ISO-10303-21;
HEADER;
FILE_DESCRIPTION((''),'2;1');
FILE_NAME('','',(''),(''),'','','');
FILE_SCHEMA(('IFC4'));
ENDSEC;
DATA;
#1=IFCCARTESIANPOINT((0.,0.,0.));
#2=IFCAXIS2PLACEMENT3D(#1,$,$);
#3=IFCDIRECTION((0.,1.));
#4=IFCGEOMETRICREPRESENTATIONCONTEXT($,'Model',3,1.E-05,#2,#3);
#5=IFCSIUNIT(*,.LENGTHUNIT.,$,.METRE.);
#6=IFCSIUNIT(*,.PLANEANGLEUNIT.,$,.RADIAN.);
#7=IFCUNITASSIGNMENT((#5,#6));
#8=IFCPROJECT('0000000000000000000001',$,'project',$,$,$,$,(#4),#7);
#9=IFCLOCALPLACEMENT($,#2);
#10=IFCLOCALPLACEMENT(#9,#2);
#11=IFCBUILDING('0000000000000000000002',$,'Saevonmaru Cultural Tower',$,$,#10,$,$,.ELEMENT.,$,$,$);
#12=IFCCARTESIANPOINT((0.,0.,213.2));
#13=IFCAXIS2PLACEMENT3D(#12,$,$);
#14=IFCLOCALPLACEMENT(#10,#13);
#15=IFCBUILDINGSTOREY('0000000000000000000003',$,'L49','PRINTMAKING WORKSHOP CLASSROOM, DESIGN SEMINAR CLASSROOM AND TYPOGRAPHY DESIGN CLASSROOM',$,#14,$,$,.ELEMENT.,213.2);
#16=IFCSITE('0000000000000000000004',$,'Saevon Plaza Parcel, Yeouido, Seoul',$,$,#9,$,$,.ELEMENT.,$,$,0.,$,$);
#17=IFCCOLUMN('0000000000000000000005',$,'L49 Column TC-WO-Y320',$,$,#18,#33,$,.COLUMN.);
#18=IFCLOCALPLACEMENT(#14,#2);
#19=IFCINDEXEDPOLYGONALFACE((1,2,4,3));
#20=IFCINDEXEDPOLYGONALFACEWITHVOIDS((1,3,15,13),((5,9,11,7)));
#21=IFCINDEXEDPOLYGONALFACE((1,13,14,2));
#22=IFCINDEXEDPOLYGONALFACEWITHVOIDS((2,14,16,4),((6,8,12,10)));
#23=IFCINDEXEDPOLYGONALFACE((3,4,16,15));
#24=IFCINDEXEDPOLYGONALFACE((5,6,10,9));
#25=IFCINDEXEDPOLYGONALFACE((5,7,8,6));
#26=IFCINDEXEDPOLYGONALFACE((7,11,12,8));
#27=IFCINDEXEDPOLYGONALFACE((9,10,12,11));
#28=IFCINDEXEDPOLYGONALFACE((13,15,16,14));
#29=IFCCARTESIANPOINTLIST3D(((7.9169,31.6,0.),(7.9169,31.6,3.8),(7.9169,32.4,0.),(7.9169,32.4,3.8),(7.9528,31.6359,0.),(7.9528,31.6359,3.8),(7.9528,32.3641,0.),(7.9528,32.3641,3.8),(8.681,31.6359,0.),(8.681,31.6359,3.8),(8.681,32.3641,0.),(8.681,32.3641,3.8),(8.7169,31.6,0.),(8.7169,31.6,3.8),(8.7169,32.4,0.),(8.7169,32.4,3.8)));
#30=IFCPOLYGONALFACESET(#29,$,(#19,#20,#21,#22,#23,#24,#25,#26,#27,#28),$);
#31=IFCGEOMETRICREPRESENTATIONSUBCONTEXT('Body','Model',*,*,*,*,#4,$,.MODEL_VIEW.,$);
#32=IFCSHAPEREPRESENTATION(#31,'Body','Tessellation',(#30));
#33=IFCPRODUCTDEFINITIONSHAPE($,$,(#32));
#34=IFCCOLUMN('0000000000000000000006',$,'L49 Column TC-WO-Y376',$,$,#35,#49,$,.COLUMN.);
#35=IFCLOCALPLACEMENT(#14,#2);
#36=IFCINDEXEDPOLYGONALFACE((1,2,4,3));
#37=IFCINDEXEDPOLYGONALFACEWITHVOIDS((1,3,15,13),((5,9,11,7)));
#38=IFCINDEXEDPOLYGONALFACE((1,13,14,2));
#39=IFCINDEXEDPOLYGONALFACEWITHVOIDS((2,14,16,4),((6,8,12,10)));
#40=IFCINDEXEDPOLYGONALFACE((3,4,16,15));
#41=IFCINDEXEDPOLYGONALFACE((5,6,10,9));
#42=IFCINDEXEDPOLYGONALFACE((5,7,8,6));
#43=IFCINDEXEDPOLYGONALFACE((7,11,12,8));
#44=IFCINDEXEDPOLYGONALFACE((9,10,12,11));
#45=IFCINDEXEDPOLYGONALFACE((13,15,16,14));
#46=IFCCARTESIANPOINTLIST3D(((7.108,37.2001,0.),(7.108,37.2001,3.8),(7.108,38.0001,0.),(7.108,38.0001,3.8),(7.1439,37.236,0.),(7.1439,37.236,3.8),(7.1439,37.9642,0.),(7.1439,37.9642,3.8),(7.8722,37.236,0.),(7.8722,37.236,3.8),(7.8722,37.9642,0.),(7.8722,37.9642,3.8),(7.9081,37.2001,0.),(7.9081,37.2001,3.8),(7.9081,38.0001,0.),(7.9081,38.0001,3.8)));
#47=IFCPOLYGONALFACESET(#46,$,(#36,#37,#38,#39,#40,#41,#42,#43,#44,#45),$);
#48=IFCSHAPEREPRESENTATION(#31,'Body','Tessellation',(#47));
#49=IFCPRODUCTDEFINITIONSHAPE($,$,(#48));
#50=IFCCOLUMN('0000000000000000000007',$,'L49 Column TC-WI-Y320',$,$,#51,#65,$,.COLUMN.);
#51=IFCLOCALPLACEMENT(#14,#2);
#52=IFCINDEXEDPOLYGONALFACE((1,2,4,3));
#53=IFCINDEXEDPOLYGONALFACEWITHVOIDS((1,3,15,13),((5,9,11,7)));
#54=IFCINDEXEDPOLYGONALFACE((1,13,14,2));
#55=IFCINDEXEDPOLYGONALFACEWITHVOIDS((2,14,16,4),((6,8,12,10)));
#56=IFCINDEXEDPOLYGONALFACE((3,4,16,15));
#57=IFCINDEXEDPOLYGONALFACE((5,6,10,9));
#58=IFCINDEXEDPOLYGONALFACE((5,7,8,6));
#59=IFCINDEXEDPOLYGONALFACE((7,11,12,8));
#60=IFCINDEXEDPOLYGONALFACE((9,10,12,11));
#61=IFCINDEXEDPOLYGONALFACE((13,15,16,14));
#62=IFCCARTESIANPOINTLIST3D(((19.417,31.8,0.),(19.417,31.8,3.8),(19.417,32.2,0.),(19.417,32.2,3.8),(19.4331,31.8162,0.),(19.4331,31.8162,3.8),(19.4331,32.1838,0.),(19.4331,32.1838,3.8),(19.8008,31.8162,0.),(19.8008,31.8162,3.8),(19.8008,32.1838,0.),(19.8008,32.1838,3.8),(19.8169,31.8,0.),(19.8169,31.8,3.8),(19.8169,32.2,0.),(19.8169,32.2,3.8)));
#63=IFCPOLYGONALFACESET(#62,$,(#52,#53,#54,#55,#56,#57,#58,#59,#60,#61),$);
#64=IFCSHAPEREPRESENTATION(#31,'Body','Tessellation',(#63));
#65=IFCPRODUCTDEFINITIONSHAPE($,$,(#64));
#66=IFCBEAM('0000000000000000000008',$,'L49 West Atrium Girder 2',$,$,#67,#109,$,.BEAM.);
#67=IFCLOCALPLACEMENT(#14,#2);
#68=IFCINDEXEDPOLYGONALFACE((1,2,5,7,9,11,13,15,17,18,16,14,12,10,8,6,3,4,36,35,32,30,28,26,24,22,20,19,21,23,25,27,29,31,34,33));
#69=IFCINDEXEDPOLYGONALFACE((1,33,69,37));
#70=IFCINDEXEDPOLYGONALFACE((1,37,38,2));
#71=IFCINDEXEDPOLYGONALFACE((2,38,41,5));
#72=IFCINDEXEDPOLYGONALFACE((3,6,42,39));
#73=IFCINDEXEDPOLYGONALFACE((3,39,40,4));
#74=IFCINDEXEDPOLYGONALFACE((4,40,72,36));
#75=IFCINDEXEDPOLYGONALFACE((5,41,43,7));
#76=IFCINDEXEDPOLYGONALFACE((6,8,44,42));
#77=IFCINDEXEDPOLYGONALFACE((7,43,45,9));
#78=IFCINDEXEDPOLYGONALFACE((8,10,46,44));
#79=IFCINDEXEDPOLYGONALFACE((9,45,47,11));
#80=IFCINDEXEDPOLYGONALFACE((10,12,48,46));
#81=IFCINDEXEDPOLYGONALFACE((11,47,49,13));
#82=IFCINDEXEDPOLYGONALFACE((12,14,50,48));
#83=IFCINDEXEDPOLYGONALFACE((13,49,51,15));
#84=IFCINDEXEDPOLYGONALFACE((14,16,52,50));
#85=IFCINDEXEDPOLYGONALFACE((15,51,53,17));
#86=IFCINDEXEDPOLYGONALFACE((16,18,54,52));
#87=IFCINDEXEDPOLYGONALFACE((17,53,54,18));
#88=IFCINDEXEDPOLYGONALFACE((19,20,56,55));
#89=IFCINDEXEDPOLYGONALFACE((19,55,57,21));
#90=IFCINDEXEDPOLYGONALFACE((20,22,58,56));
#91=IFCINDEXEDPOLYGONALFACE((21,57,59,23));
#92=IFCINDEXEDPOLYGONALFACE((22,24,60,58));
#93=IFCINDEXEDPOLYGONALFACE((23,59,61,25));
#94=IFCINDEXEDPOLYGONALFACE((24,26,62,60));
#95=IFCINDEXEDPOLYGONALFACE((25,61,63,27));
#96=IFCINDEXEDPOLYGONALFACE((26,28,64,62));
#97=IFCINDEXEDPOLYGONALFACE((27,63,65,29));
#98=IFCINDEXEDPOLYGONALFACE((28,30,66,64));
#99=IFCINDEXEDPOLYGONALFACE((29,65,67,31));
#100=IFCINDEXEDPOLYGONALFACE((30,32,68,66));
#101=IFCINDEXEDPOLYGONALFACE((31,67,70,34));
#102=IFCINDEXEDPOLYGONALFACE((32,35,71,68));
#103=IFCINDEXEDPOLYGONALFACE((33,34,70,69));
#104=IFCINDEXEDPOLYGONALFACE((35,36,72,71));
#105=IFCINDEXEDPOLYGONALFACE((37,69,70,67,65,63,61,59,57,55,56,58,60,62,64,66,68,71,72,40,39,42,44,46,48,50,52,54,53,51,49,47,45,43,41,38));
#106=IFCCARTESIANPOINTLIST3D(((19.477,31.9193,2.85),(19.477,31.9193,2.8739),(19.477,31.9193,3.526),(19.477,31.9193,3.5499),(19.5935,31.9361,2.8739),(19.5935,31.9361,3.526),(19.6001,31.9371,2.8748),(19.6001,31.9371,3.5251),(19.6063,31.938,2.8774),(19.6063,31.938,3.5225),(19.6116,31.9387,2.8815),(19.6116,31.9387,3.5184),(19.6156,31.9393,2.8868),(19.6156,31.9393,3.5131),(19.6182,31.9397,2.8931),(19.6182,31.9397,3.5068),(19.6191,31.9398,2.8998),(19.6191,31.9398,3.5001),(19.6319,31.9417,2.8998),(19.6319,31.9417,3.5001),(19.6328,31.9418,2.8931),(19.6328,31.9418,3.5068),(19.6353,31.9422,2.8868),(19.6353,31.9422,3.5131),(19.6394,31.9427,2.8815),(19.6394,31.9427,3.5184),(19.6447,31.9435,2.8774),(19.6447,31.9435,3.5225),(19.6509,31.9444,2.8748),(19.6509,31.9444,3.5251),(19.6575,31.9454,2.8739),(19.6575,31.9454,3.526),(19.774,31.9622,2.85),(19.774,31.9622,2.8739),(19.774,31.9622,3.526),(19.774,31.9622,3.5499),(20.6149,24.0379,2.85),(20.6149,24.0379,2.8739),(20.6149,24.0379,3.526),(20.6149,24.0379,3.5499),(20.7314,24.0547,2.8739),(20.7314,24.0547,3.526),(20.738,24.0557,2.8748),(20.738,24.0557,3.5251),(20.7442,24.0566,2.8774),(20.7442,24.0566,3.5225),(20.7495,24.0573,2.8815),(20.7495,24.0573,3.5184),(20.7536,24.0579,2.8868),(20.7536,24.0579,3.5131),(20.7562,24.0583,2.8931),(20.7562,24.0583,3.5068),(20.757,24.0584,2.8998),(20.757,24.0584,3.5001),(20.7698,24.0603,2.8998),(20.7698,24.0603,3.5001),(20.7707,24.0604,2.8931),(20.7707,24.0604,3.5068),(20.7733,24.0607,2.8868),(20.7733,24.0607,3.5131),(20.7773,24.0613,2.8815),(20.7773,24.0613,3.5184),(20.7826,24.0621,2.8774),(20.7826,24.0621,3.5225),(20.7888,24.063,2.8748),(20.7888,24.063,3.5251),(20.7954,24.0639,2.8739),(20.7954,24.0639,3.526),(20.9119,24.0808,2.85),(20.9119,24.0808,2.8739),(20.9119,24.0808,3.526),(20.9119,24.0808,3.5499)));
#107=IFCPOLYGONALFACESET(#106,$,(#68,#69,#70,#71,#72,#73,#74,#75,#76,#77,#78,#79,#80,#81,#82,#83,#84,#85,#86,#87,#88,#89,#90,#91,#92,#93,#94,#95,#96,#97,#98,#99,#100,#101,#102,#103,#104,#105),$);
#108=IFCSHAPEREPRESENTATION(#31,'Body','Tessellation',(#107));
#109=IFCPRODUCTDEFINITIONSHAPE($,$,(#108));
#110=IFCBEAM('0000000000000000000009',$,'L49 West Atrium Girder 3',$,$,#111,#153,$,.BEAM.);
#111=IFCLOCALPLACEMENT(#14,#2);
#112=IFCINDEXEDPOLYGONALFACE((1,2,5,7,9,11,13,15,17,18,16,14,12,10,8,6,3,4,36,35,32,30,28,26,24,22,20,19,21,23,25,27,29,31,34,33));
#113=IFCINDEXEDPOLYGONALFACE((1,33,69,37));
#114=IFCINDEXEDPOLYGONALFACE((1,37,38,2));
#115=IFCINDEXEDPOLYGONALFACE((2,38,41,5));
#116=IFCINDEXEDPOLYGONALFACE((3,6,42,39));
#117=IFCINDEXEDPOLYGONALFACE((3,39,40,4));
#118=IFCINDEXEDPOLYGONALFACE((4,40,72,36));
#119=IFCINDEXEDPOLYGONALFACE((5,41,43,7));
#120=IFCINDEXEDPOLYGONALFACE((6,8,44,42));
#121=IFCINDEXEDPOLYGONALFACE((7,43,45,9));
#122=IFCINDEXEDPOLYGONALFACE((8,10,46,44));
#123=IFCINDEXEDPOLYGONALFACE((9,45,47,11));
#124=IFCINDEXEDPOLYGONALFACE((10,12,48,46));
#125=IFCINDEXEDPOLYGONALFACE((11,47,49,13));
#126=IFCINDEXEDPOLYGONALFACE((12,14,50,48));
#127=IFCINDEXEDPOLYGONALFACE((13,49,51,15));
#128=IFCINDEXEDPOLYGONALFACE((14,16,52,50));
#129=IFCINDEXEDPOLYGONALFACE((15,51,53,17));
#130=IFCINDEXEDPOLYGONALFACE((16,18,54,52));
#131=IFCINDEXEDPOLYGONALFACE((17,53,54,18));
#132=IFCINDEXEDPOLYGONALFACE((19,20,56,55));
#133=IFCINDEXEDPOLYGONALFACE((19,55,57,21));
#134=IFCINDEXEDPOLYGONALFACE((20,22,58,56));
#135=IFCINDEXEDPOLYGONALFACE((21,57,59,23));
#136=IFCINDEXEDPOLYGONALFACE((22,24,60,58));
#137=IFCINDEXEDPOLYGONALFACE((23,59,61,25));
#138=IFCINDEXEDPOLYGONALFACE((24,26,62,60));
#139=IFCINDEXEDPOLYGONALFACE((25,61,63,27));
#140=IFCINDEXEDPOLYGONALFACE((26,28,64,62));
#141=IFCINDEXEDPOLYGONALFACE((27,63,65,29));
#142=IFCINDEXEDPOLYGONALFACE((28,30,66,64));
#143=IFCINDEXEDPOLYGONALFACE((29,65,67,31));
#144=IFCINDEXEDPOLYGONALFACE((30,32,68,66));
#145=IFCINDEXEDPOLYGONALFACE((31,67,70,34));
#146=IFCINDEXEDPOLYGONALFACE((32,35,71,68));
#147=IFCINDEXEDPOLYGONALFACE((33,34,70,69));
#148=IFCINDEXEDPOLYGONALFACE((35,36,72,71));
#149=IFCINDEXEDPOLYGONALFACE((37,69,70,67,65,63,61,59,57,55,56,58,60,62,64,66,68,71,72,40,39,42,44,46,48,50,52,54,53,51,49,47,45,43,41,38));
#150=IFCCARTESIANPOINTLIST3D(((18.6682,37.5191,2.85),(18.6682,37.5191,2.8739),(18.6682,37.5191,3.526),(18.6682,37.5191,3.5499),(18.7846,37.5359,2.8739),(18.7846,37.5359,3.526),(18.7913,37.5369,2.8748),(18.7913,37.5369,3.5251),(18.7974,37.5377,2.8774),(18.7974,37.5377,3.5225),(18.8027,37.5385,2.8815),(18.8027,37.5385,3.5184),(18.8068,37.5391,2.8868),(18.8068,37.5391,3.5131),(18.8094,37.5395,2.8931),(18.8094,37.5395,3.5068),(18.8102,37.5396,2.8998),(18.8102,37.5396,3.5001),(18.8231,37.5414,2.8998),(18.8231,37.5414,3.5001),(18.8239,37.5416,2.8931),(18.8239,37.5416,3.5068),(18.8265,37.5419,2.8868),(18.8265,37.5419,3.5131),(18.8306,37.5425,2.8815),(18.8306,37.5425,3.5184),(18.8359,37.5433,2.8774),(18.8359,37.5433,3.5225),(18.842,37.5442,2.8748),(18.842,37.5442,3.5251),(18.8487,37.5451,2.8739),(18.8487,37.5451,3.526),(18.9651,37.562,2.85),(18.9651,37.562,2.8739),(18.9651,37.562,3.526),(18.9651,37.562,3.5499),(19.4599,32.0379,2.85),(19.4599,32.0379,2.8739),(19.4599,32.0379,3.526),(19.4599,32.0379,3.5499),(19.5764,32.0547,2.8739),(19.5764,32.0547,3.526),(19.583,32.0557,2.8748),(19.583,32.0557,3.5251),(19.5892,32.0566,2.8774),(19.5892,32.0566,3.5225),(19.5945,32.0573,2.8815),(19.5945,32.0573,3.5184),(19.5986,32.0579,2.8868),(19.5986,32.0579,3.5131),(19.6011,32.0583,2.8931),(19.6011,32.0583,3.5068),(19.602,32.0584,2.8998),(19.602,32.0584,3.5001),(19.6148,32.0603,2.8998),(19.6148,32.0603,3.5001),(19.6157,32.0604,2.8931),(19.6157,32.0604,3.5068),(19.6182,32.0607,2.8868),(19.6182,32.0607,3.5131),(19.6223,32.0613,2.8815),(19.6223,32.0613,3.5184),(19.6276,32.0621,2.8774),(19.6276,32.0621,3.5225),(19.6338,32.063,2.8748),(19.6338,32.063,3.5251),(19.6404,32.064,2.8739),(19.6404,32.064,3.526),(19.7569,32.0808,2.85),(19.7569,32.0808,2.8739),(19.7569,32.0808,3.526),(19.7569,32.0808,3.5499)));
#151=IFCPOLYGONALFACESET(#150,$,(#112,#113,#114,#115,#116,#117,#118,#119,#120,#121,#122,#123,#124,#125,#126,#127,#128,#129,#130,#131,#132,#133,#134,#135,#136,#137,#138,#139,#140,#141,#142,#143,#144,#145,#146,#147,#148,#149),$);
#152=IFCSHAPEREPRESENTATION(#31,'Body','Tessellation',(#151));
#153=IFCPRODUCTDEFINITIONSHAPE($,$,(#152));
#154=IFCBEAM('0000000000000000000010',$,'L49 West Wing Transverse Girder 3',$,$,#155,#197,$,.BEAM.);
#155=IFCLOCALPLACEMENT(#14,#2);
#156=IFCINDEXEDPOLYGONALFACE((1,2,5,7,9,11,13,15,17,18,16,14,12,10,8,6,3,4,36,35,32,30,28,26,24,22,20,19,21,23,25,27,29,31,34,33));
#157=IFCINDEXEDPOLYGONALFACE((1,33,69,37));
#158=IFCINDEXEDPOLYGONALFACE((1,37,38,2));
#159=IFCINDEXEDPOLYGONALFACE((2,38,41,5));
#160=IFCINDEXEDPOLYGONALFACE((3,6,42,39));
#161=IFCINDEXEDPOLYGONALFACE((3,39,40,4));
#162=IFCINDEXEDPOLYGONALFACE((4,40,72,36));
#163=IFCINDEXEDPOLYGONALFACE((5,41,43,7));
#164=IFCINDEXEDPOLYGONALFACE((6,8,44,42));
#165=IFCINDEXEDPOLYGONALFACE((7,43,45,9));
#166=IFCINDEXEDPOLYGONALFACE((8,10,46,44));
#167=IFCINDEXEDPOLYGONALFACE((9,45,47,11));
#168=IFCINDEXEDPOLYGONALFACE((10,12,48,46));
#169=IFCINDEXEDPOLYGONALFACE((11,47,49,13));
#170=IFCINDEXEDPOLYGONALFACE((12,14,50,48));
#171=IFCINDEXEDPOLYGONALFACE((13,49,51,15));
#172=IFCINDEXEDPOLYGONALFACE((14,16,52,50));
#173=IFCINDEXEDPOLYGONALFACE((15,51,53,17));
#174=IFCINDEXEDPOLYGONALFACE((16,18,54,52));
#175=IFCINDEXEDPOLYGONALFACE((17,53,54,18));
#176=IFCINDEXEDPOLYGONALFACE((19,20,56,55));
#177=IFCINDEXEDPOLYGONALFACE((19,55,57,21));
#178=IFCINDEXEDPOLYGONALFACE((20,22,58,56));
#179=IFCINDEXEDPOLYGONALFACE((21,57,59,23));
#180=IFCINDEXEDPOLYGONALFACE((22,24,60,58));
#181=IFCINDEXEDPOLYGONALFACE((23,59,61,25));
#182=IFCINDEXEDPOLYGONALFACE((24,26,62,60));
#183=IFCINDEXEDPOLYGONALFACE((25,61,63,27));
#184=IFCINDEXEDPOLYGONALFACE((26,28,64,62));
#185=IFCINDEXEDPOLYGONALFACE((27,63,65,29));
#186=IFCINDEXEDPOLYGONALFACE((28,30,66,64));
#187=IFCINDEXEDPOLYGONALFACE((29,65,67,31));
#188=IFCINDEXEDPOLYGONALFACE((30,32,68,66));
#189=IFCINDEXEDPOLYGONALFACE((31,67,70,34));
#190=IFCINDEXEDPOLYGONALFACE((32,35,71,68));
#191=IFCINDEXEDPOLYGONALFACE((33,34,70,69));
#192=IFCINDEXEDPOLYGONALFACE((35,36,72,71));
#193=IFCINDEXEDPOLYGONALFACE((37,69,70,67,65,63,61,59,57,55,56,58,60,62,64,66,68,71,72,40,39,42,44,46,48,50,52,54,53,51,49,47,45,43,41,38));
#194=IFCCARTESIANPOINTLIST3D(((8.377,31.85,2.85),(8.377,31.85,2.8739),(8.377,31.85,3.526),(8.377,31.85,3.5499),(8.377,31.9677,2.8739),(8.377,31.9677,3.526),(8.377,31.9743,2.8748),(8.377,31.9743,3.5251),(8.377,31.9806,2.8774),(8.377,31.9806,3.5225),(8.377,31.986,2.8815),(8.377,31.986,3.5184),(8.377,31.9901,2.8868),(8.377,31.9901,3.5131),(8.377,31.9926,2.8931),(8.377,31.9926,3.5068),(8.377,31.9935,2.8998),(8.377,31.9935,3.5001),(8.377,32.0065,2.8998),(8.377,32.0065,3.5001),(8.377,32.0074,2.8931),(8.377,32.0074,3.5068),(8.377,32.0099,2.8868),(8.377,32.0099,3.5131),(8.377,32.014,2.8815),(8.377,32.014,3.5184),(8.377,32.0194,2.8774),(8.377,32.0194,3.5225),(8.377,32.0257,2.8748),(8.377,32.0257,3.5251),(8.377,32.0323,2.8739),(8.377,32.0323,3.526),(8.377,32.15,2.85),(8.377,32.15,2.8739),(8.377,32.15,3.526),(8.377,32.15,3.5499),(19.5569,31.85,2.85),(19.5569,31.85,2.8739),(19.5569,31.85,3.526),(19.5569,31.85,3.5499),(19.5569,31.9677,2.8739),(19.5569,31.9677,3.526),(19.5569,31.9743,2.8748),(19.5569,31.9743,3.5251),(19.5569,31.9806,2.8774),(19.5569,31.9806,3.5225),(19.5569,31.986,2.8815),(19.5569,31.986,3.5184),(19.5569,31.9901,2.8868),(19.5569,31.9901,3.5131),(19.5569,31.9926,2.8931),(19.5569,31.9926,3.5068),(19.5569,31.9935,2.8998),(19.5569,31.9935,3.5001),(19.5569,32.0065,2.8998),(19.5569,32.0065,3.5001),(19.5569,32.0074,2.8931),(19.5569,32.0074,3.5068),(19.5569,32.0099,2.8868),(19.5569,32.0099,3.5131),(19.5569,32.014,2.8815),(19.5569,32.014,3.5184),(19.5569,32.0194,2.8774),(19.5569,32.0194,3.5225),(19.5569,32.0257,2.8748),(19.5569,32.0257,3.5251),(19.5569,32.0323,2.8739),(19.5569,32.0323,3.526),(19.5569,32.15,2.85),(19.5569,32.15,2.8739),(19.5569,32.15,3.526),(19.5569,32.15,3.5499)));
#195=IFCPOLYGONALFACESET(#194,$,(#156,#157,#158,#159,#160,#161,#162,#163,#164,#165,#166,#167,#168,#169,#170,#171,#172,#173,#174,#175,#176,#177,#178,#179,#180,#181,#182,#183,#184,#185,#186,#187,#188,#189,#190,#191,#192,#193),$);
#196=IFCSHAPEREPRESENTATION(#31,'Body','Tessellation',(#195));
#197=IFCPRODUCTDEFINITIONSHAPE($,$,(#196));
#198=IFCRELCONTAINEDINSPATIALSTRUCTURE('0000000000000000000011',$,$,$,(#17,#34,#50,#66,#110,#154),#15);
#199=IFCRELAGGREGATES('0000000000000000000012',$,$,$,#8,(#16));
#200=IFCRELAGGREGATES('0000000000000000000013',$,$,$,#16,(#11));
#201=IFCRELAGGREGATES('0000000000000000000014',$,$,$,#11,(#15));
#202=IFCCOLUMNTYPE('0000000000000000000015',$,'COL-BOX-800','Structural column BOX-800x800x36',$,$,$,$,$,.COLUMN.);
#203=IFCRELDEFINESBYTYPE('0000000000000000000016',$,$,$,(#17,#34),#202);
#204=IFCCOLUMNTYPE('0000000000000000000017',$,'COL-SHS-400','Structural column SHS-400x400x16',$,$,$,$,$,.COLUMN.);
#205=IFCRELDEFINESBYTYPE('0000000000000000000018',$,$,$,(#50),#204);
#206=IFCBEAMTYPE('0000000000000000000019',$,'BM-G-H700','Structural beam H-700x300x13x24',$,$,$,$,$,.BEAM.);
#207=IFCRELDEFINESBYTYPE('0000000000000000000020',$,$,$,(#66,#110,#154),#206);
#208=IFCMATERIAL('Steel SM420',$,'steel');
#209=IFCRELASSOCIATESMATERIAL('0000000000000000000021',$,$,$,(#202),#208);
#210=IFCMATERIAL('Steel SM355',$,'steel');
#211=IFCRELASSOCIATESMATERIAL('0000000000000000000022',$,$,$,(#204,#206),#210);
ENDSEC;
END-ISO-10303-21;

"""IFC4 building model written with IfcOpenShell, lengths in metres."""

from ifc_helpers import new_model, si_unit, direction, frame, origin, origin_2d, place, context, subcontext, project, spatial, hollow_rectangle, i_section, extrude, material, material_profile, profile_set, type_object, element, save


model = new_model("IFC4")

# Units and contexts
model_context = context("Model", 3, precision=1e-05, world=origin(), true_north=direction((0.0, 1.0)))
body_context = subcontext(model_context, "Body", "Model", "MODEL_VIEW")
ifc_project = project(units=[si_unit("LENGTHUNIT", "METRE"), si_unit("PLANEANGLEUNIT", "RADIAN")], contexts=[model_context])

# Site, building, storey
site_placement = place(None, origin())
site = spatial("IfcSite", under=ifc_project, at=site_placement, Name="Saevon Plaza Parcel, Yeouido, Seoul", CompositionType="ELEMENT", RefElevation=0.0)
building_placement = place(site_placement, origin())
building = spatial("IfcBuilding", under=site, at=building_placement, Name="Saevonmaru Cultural Tower", CompositionType="ELEMENT")
storey_placement = place(building_placement, frame((0.0, 0.0, 213.2)))
storey = spatial("IfcBuildingStorey", under=building, at=storey_placement, Name="L49", Description="PRINTMAKING WORKSHOP CLASSROOM, DESIGN SEMINAR CLASSROOM AND TYPOGRAPHY DESIGN CLASSROOM", CompositionType="ELEMENT", Elevation=213.2)

# Columns
ifc_material_1 = material(Name="Steel SM420", Category="steel")
ifc_material_profile_1 = material_profile(ifc_material_1, hollow_rectangle(XDim=0.8, YDim=0.8, WallThickness=0.0359, at=origin_2d()), Name="BOX-800x800x36")
ifc_profile_set_1 = profile_set([ifc_material_profile_1], Name="Steel SM420")
column_type_1 = type_object("IfcColumnType", Name="COL-BOX-800", Description="Structural column BOX-800x800x36", PredefinedType="COLUMN", material=ifc_profile_set_1)
for number, where, z_axis, x_axis, name in (
    (1, (8.3169, 32.0, 0.0), (0.0, 0.0, 1.0), (1.0, 0.0, 0.0), "L49 Column TC-WO-Y320"),
    (2, (7.5081, 37.6001, 0.0), (0.0, 0.0, 1.0), (1.0, 0.0, 0.0), "L49 Column TC-WO-Y376"),
):
    element("IfcColumn", number, at=place(storey_placement, frame(where, z_axis=z_axis, x_axis=x_axis)), inside=storey, type_object=column_type_1, Name=name, PredefinedType="COLUMN", context=body_context, shape_type="SweptSolid", body=[
        extrude(hollow_rectangle(XDim=0.8, YDim=0.8, WallThickness=0.0359, at=origin_2d()), origin(), (0.0, 0.0, 1.0), 3.8),
    ])
ifc_material_2 = material(Name="Steel SM355", Category="steel")
ifc_material_profile_2 = material_profile(ifc_material_2, hollow_rectangle(XDim=0.3999, YDim=0.3999, WallThickness=0.0161, at=origin_2d()), Name="SHS-400x400x16")
ifc_profile_set_2 = profile_set([ifc_material_profile_2], Name="Steel SM355")
column_type_2 = type_object("IfcColumnType", Name="COL-SHS-400", Description="Structural column SHS-400x400x16", PredefinedType="COLUMN", material=ifc_profile_set_2)
column_placement = place(storey_placement, frame((19.6169, 32.0, 0.0), z_axis=(0.0, 0.0, 1.0), x_axis=(1.0, 0.0, 0.0)))
element("IfcColumn", 3, at=column_placement, inside=storey, type_object=column_type_2, Name="L49 Column TC-WI-Y320", PredefinedType="COLUMN", context=body_context, shape_type="SweptSolid", body=[
    extrude(hollow_rectangle(XDim=0.3999, YDim=0.3999, WallThickness=0.0161, at=origin_2d()), origin(), (0.0, 0.0, 1.0), 3.8),
])

# Beams
ifc_material_profile_3 = material_profile(ifc_material_2, i_section(OverallWidth=0.3, OverallDepth=0.7, WebThickness=0.0129, FlangeThickness=0.0239, FilletRadius=0.0259, at=origin_2d()), Name="H-700x300x13x24")
ifc_profile_set_3 = profile_set([ifc_material_profile_3], Name="Steel SM355")
beam_type_1 = type_object("IfcBeamType", Name="BM-G-H700", Description="Structural beam H-700x300x13x24", PredefinedType="BEAM", material=ifc_profile_set_3)
beam_1_placement = place(storey_placement, frame((20.7634, 24.0593, 3.2), z_axis=(-0.142902, 0.989737, 0.0), x_axis=(-0.989737, -0.142902, 0.0)))
element("IfcBeam", 4, at=beam_1_placement, inside=storey, type_object=beam_type_1, Name="L49 West Atrium Girder 2", PredefinedType="BEAM", context=body_context, shape_type="SweptSolid", body=[
    extrude(i_section(OverallWidth=0.3, OverallDepth=0.7, WebThickness=0.0129, FlangeThickness=0.0239, FilletRadius=0.0259, at=origin_2d()), origin(), (0.0, 0.0, 1.0), 7.9631),
])
beam_2_placement = place(storey_placement, frame((19.6084, 32.0593, 3.2), z_axis=(-0.142964, 0.989728, 0.0), x_axis=(-0.989728, -0.142964, 0.0)))
element("IfcBeam", 5, at=beam_2_placement, inside=storey, type_object=beam_type_1, Name="L49 West Atrium Girder 3", PredefinedType="BEAM", context=body_context, shape_type="SweptSolid", body=[
    extrude(i_section(OverallWidth=0.3, OverallDepth=0.7, WebThickness=0.0129, FlangeThickness=0.0239, FilletRadius=0.0259, at=origin_2d()), origin(), (0.0, 0.0, 1.0), 5.5381),
])
beam_3_placement = place(storey_placement, frame((8.377, 32.0, 3.2), z_axis=(1.0, 0.0, 0.0), x_axis=(0.0, 1.0, 0.0)))
element("IfcBeam", 6, at=beam_3_placement, inside=storey, type_object=beam_type_1, Name="L49 West Wing Transverse Girder 3", PredefinedType="BEAM", context=body_context, shape_type="SweptSolid", body=[
    extrude(i_section(OverallWidth=0.3, OverallDepth=0.7, WebThickness=0.0129, FlangeThickness=0.0239, FilletRadius=0.0259, at=origin_2d()), origin(), (0.0, 0.0, 1.0), 11.1799),
])

save(model, "model.ifc")
